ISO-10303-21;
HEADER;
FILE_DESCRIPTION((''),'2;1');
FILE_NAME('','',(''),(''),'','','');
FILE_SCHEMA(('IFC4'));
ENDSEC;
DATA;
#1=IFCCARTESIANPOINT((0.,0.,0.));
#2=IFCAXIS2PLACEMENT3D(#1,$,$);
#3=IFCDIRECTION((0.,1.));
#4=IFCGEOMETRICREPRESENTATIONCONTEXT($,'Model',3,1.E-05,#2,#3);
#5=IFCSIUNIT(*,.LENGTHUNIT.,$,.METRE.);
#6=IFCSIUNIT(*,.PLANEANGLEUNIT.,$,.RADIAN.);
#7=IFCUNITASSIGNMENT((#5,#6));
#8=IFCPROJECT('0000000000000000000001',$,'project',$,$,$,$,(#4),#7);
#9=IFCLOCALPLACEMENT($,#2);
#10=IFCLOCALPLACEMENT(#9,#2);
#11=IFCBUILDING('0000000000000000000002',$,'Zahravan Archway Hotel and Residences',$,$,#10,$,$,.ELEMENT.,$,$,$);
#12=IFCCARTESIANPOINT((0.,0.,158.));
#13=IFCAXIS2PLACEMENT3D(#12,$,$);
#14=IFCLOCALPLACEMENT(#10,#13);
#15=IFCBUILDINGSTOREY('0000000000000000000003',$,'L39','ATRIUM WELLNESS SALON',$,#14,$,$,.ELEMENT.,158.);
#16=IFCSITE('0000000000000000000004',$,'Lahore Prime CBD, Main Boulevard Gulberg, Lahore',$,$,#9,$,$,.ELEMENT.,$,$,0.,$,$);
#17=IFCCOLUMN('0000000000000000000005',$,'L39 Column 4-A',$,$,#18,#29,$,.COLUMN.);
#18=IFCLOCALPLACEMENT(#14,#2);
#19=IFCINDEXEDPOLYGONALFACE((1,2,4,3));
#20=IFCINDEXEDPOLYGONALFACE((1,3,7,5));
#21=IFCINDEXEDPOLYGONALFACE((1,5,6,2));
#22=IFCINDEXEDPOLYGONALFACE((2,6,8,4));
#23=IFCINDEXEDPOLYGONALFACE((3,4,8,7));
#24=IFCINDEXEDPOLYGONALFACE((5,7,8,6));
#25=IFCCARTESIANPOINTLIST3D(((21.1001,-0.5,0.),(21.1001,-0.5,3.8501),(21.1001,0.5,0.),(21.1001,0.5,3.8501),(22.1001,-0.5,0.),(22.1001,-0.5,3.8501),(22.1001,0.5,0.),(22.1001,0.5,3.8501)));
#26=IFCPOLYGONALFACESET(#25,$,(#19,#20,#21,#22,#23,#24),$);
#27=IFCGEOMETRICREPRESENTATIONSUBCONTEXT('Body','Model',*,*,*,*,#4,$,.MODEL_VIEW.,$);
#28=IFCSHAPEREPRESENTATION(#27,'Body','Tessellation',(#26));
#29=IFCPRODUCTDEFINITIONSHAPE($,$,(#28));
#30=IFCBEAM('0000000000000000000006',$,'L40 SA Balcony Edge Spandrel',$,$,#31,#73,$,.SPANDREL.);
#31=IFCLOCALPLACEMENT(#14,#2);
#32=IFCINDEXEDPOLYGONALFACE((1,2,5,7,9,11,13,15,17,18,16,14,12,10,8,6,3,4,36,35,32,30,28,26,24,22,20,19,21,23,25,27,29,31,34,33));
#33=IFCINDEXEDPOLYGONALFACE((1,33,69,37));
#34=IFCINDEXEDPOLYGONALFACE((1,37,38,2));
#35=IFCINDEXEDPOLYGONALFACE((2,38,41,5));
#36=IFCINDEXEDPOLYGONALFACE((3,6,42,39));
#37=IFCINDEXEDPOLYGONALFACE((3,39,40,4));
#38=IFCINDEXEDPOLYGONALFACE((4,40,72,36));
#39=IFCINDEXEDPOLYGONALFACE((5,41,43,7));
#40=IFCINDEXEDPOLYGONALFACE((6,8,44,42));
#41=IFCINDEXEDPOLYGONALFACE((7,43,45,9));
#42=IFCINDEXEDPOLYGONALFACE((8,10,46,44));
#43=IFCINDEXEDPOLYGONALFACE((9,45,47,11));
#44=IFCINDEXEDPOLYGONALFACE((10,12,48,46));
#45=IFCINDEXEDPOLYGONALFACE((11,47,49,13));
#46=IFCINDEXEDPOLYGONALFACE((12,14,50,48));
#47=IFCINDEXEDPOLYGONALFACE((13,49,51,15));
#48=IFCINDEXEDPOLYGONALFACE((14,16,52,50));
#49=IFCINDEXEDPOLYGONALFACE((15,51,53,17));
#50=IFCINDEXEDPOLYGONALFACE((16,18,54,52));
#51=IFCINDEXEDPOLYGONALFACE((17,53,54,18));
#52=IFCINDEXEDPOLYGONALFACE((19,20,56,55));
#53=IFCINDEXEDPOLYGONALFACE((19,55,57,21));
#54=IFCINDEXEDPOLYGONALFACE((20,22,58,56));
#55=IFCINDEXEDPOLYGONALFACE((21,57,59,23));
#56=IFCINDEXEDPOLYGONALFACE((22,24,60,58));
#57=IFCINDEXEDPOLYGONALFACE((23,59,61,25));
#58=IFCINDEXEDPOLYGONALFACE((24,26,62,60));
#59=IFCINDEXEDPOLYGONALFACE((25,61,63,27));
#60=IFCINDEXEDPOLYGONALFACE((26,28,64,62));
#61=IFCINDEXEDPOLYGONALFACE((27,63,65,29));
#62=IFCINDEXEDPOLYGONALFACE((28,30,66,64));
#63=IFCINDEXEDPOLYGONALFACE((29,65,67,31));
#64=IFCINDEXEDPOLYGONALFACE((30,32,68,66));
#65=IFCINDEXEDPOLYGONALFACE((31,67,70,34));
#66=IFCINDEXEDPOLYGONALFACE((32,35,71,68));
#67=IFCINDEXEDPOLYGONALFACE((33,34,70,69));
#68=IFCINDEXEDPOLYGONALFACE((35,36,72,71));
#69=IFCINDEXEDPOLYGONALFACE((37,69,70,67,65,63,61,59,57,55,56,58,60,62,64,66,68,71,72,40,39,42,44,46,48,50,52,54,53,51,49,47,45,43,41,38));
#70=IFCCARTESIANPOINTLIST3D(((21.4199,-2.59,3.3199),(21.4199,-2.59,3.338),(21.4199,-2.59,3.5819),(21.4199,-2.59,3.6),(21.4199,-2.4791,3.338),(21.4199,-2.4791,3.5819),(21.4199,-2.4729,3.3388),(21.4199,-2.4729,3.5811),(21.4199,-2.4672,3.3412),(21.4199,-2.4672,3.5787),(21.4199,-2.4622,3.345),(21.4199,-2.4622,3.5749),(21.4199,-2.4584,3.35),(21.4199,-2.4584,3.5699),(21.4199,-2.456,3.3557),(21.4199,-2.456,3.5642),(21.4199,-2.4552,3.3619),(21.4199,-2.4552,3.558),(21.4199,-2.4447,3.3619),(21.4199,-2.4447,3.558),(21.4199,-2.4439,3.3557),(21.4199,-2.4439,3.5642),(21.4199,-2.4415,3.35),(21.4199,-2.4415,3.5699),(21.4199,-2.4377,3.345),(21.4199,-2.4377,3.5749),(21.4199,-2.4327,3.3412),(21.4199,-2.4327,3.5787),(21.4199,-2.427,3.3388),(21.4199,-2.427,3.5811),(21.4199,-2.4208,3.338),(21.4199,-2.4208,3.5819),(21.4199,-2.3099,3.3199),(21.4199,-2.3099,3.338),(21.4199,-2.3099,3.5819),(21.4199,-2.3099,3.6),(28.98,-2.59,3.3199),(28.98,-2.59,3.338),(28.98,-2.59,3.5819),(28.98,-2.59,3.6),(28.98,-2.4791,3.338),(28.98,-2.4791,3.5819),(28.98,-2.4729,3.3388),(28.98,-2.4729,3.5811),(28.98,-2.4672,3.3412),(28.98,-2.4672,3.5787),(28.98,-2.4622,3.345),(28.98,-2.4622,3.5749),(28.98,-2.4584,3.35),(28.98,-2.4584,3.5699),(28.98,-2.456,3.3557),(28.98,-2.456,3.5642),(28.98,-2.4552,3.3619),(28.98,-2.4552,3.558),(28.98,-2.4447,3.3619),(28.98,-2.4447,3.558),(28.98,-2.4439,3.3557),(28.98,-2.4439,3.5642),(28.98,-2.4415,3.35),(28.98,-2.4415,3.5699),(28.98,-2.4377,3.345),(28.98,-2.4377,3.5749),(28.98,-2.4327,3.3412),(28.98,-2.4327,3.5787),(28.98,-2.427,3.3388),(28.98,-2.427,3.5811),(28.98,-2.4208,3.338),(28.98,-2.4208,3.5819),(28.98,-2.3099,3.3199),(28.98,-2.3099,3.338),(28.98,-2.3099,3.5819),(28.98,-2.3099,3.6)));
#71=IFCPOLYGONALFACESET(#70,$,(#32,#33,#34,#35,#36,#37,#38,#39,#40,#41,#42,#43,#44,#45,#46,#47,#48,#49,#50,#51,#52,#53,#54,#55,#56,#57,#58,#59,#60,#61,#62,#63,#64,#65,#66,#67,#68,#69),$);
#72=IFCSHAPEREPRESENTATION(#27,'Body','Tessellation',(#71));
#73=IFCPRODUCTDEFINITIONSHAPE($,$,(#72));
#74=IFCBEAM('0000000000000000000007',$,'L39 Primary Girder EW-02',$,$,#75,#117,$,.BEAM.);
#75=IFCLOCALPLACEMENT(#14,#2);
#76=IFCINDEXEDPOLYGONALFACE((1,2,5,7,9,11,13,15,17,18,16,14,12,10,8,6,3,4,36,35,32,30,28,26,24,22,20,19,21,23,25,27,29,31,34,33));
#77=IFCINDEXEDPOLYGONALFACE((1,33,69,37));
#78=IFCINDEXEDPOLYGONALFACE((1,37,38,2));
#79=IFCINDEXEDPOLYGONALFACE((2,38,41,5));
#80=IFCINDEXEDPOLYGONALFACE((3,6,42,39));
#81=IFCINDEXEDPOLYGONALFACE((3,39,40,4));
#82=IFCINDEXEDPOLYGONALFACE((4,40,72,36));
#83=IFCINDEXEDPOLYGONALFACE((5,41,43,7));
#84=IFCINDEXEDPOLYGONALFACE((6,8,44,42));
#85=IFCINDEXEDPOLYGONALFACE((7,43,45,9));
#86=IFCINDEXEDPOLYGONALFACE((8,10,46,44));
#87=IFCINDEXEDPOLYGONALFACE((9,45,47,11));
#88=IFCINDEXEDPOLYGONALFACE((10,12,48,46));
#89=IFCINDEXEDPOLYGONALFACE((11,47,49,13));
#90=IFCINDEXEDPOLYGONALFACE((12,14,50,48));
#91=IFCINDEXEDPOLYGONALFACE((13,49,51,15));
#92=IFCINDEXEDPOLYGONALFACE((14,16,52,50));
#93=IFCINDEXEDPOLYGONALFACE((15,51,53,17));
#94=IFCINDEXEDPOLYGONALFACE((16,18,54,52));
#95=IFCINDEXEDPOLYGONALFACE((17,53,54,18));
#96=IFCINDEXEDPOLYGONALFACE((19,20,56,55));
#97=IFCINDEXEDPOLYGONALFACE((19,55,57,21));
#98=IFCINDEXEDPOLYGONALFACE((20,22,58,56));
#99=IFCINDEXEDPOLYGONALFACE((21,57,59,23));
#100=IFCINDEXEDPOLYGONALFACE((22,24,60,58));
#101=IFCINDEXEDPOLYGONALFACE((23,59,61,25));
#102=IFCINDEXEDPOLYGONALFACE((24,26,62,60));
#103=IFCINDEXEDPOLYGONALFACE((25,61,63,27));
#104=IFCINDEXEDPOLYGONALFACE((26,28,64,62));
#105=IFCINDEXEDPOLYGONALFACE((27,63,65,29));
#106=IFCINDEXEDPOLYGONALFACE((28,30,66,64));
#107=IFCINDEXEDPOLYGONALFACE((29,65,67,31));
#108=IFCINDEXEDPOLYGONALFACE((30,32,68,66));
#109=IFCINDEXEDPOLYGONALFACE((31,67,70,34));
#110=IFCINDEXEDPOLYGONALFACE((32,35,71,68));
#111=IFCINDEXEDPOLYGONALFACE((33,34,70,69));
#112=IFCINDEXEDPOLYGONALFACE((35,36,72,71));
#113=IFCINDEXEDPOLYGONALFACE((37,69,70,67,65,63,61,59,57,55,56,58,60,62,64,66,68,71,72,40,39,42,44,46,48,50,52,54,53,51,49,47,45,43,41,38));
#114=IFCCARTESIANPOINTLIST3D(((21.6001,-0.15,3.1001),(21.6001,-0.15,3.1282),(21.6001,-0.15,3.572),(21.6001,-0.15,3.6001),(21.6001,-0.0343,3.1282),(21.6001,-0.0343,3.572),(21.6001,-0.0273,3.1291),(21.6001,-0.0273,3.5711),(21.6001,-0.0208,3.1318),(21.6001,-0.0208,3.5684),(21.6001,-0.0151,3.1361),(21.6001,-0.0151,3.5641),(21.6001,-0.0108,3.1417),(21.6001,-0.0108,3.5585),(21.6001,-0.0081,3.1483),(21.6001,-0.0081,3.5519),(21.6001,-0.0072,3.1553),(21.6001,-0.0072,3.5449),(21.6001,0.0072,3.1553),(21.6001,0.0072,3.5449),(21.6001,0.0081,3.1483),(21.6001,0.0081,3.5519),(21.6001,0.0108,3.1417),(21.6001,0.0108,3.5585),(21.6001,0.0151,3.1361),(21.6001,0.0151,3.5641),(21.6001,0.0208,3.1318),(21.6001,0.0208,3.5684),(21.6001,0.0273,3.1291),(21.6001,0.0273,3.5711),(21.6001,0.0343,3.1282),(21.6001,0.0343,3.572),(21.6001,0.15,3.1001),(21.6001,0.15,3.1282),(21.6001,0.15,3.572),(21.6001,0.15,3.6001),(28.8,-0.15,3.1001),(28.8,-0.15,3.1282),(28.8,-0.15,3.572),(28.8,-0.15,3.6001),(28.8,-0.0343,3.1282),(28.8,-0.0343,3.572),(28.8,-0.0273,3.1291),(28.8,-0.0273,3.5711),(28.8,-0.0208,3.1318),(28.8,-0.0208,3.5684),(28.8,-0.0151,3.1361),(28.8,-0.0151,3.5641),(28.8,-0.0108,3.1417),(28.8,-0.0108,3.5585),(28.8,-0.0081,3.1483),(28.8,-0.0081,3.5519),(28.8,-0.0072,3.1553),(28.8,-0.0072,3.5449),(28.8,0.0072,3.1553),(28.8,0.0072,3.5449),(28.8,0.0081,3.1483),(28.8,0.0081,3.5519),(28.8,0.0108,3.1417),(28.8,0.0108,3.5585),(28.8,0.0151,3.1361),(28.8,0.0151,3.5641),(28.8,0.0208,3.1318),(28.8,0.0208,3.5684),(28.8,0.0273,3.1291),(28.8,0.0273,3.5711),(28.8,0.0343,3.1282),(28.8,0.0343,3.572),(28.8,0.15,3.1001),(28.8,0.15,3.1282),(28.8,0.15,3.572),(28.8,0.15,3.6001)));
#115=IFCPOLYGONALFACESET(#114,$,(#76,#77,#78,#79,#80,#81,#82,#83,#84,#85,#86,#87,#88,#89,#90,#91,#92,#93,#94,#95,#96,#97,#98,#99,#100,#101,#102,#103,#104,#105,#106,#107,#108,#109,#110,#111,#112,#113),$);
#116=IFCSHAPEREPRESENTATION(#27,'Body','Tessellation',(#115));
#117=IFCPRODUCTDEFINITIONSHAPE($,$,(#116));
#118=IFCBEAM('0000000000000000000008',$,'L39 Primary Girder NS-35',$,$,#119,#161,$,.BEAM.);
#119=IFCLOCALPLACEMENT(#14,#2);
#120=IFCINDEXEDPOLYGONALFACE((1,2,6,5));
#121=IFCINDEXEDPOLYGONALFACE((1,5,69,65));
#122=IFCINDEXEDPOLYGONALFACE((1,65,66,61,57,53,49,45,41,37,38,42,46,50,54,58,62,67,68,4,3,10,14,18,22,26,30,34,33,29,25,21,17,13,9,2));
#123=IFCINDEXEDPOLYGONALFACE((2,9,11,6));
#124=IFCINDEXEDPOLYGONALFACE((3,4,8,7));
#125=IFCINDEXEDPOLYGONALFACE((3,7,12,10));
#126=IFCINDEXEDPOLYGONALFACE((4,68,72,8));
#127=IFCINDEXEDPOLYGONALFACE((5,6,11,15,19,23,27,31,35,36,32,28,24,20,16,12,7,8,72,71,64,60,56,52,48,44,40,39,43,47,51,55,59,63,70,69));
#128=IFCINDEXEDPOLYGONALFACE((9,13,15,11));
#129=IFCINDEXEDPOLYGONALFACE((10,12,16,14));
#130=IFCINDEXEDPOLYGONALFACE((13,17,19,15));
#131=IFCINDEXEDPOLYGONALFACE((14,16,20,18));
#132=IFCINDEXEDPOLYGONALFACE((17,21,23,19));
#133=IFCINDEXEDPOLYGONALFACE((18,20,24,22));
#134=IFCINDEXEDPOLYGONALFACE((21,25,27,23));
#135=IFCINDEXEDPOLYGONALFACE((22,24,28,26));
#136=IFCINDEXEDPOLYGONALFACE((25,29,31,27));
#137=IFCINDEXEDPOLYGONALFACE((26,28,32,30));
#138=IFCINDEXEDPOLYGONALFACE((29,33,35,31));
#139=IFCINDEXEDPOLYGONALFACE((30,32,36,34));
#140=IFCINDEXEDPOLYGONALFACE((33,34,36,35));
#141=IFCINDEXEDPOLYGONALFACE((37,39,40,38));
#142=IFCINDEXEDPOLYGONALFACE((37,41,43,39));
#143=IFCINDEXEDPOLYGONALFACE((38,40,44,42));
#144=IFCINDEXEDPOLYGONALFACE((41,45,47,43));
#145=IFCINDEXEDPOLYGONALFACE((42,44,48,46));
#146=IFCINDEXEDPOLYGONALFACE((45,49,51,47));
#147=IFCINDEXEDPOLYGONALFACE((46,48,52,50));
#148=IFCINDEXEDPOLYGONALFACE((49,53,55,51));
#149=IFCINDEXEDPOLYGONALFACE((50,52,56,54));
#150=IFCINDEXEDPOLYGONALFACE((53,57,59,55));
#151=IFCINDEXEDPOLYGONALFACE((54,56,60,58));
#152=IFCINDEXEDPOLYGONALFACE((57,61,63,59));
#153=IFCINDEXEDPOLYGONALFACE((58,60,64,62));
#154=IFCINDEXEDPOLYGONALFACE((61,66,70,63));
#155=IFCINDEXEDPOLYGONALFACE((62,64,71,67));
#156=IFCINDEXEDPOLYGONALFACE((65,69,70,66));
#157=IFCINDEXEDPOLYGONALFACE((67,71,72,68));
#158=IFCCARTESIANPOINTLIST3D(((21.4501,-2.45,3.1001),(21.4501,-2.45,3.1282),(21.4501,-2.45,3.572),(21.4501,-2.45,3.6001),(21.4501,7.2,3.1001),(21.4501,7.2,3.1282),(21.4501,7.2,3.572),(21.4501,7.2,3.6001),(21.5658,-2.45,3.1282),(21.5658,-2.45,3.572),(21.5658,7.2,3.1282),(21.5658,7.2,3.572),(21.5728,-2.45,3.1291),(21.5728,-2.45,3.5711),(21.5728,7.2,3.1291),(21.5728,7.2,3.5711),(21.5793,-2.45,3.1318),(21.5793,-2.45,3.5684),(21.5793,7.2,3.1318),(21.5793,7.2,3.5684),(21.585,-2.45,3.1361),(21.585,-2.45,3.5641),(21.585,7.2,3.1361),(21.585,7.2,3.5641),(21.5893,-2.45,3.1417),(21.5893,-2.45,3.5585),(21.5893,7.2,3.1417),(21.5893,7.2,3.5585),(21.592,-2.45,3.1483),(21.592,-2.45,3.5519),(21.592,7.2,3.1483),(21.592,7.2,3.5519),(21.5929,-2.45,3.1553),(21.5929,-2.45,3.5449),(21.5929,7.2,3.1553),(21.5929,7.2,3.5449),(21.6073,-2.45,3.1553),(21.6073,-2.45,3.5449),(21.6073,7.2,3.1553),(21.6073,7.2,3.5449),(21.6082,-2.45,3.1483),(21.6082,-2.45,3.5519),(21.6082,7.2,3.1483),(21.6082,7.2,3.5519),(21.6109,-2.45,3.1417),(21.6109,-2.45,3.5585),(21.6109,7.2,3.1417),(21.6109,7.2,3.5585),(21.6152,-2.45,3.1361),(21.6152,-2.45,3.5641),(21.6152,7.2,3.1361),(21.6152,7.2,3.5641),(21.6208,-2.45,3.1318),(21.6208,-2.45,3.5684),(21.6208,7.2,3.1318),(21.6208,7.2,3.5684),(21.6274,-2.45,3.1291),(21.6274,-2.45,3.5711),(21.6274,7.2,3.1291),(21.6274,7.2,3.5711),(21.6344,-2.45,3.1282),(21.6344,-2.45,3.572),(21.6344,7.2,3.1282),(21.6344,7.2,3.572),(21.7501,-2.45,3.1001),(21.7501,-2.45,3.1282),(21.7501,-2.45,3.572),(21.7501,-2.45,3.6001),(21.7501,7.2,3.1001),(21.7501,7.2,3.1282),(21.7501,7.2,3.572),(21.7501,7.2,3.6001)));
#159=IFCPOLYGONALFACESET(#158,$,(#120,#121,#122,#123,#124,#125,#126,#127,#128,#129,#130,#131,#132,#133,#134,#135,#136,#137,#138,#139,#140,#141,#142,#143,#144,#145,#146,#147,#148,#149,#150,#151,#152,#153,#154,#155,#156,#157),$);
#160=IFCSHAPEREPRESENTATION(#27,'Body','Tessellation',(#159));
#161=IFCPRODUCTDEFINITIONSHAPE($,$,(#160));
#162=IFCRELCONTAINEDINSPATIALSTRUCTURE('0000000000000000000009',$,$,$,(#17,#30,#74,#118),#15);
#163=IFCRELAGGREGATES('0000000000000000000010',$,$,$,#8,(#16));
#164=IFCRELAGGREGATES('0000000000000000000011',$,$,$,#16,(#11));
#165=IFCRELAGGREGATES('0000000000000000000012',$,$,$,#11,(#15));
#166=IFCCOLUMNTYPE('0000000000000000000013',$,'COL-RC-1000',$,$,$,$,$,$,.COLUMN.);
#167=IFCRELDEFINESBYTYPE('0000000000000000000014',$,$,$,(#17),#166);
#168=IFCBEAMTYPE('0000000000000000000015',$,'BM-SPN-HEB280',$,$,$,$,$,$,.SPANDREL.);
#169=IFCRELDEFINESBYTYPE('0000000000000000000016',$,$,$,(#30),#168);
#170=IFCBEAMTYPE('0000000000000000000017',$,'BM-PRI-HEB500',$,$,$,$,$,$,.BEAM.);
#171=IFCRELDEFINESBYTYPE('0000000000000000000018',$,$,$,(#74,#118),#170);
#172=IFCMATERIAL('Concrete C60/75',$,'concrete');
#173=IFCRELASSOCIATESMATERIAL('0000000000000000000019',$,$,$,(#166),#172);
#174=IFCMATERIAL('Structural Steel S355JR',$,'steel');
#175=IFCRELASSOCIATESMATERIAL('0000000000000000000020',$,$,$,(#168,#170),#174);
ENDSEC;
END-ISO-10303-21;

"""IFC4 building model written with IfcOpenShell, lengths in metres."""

from ifc_helpers import new_model, si_unit, direction, frame, origin, origin_2d, place, context, subcontext, project, spatial, rectangle, i_section, extrude, source, transform, mapped, material, material_profile, profile_set, type_object, type_shapes, element, save


model = new_model("IFC4")

# Units and contexts
model_context = context("Model", 3, precision=1e-05, world=origin(), true_north=direction((0.0, 1.0)))
body_context = subcontext(model_context, "Body", "Model", "MODEL_VIEW")
ifc_project = project(units=[si_unit("LENGTHUNIT", "METRE"), si_unit("PLANEANGLEUNIT", "RADIAN")], contexts=[model_context])

# Site, building, storey
site_placement = place(None, origin())
site = spatial("IfcSite", under=ifc_project, at=site_placement, Name="Lahore Prime CBD, Main Boulevard Gulberg, Lahore", CompositionType="ELEMENT", RefElevation=0.0)
building_placement = place(site_placement, origin())
building = spatial("IfcBuilding", under=site, at=building_placement, Name="Zahravan Archway Hotel and Residences", CompositionType="ELEMENT")
storey_placement = place(building_placement, frame((0.0, 0.0, 158.0)))
storey = spatial("IfcBuildingStorey", under=building, at=storey_placement, Name="L39", Description="ATRIUM WELLNESS SALON", CompositionType="ELEMENT", Elevation=158.0)

# Column
ifc_material_1 = material(Name="Concrete C60/75", Category="concrete")
ifc_material_profile_1 = material_profile(ifc_material_1, rectangle(XDim=1.0, YDim=1.0, at=origin_2d()), Name="RC-COL-1000x1000", Category="concrete")
ifc_profile_set_1 = profile_set([ifc_material_profile_1], Name="Concrete C60/75")
column_type = type_object("IfcColumnType", Name="COL-RC-1000", PredefinedType="COLUMN", material=ifc_profile_set_1)
shared_shape_1 = source(origin(), body_context, "Body", "SweptSolid", [
    extrude(rectangle(XDim=1.0, YDim=1.0, at=origin_2d()), origin(), (0.0, 0.0, 1.0), 3.8501),
])
column_placement = place(storey_placement, frame((21.6001, 0.0, 0.0), z_axis=(0.0, 0.0, 1.0), x_axis=(1.0, 0.0, 0.0)))
element("IfcColumn", 1, at=column_placement, inside=storey, type_object=column_type, Name="L39 Column 4-A", PredefinedType="COLUMN", context=body_context, shape_type="MappedRepresentation", body=[
    mapped(shared_shape_1, transform((0.0, 0.0, 0.0), scale=1.0)),
])

# Beams
ifc_material_2 = material(Name="Structural Steel S355JR", Category="steel")
ifc_material_profile_2 = material_profile(ifc_material_2, i_section(OverallWidth=0.28, OverallDepth=0.28, WebThickness=0.0105, FlangeThickness=0.0181, FilletRadius=0.0239, at=origin_2d()), Name="HEB 280", Category="steel")
ifc_profile_set_2 = profile_set([ifc_material_profile_2], Name="Structural Steel S355JR")
beam_type_1 = type_object("IfcBeamType", Name="BM-SPN-HEB280", PredefinedType="SPANDREL", material=ifc_profile_set_2)
shared_shape_2 = source(origin(), body_context, "Body", "SweptSolid", [
    extrude(i_section(OverallWidth=0.28, OverallDepth=0.28, WebThickness=0.0105, FlangeThickness=0.0181, FilletRadius=0.0239, at=origin_2d()), origin(), (0.0, 0.0, 1.0), 7.5601),
])
type_shapes(beam_type_1, [shared_shape_2])
beam_1_placement = place(storey_placement, frame((21.4199, -2.45, 3.46), z_axis=(1.0, 0.0, 0.0), x_axis=(0.0, 1.0, 0.0)))
element("IfcBeam", 2, at=beam_1_placement, inside=storey, type_object=beam_type_1, Name="L40 SA Balcony Edge Spandrel", PredefinedType="SPANDREL", context=body_context, shape_type="MappedRepresentation", body=[
    mapped(shared_shape_2, transform((0.0, 0.0, 0.0), scale=1.0)),
])
ifc_material_profile_3 = material_profile(ifc_material_2, i_section(OverallWidth=0.3, OverallDepth=0.5, WebThickness=0.0144, FlangeThickness=0.0281, FilletRadius=0.0271, at=origin_2d()), Name="HEB 500", Category="steel")
ifc_profile_set_3 = profile_set([ifc_material_profile_3], Name="Structural Steel S355JR")
beam_type_2 = type_object("IfcBeamType", Name="BM-PRI-HEB500", PredefinedType="BEAM", material=ifc_profile_set_3)
shared_shape_3 = source(origin(), body_context, "Body", "SweptSolid", [
    extrude(i_section(OverallWidth=0.3, OverallDepth=0.5, WebThickness=0.0144, FlangeThickness=0.0281, FilletRadius=0.0271, at=origin_2d()), origin(), (0.0, 0.0, 1.0), 7.2),
])
beam_2_placement = place(storey_placement, frame((21.6001, 0.0, 3.3501), z_axis=(1.0, 0.0, 0.0), x_axis=(0.0, 1.0, 0.0)))
element("IfcBeam", 3, at=beam_2_placement, inside=storey, type_object=beam_type_2, Name="L39 Primary Girder EW-02", PredefinedType="BEAM", context=body_context, shape_type="MappedRepresentation", body=[
    mapped(shared_shape_3, transform((0.0, 0.0, 0.0), scale=1.0)),
])
shared_shape_4 = source(origin(), body_context, "Body", "SweptSolid", [
    extrude(i_section(OverallWidth=0.3, OverallDepth=0.5, WebThickness=0.0144, FlangeThickness=0.0281, FilletRadius=0.0271, at=origin_2d()), origin(), (0.0, 0.0, 1.0), 9.6499),
])
beam_3_placement = place(storey_placement, frame((21.6001, -2.45, 3.3501), z_axis=(0.0, 1.0, 0.0), x_axis=(-1.0, 0.0, 0.0)))
element("IfcBeam", 4, at=beam_3_placement, inside=storey, type_object=beam_type_2, Name="L39 Primary Girder NS-35", PredefinedType="BEAM", context=body_context, shape_type="MappedRepresentation", body=[
    mapped(shared_shape_4, transform((0.0, 0.0, 0.0), scale=1.0)),
])

save(model, "model.ifc")
